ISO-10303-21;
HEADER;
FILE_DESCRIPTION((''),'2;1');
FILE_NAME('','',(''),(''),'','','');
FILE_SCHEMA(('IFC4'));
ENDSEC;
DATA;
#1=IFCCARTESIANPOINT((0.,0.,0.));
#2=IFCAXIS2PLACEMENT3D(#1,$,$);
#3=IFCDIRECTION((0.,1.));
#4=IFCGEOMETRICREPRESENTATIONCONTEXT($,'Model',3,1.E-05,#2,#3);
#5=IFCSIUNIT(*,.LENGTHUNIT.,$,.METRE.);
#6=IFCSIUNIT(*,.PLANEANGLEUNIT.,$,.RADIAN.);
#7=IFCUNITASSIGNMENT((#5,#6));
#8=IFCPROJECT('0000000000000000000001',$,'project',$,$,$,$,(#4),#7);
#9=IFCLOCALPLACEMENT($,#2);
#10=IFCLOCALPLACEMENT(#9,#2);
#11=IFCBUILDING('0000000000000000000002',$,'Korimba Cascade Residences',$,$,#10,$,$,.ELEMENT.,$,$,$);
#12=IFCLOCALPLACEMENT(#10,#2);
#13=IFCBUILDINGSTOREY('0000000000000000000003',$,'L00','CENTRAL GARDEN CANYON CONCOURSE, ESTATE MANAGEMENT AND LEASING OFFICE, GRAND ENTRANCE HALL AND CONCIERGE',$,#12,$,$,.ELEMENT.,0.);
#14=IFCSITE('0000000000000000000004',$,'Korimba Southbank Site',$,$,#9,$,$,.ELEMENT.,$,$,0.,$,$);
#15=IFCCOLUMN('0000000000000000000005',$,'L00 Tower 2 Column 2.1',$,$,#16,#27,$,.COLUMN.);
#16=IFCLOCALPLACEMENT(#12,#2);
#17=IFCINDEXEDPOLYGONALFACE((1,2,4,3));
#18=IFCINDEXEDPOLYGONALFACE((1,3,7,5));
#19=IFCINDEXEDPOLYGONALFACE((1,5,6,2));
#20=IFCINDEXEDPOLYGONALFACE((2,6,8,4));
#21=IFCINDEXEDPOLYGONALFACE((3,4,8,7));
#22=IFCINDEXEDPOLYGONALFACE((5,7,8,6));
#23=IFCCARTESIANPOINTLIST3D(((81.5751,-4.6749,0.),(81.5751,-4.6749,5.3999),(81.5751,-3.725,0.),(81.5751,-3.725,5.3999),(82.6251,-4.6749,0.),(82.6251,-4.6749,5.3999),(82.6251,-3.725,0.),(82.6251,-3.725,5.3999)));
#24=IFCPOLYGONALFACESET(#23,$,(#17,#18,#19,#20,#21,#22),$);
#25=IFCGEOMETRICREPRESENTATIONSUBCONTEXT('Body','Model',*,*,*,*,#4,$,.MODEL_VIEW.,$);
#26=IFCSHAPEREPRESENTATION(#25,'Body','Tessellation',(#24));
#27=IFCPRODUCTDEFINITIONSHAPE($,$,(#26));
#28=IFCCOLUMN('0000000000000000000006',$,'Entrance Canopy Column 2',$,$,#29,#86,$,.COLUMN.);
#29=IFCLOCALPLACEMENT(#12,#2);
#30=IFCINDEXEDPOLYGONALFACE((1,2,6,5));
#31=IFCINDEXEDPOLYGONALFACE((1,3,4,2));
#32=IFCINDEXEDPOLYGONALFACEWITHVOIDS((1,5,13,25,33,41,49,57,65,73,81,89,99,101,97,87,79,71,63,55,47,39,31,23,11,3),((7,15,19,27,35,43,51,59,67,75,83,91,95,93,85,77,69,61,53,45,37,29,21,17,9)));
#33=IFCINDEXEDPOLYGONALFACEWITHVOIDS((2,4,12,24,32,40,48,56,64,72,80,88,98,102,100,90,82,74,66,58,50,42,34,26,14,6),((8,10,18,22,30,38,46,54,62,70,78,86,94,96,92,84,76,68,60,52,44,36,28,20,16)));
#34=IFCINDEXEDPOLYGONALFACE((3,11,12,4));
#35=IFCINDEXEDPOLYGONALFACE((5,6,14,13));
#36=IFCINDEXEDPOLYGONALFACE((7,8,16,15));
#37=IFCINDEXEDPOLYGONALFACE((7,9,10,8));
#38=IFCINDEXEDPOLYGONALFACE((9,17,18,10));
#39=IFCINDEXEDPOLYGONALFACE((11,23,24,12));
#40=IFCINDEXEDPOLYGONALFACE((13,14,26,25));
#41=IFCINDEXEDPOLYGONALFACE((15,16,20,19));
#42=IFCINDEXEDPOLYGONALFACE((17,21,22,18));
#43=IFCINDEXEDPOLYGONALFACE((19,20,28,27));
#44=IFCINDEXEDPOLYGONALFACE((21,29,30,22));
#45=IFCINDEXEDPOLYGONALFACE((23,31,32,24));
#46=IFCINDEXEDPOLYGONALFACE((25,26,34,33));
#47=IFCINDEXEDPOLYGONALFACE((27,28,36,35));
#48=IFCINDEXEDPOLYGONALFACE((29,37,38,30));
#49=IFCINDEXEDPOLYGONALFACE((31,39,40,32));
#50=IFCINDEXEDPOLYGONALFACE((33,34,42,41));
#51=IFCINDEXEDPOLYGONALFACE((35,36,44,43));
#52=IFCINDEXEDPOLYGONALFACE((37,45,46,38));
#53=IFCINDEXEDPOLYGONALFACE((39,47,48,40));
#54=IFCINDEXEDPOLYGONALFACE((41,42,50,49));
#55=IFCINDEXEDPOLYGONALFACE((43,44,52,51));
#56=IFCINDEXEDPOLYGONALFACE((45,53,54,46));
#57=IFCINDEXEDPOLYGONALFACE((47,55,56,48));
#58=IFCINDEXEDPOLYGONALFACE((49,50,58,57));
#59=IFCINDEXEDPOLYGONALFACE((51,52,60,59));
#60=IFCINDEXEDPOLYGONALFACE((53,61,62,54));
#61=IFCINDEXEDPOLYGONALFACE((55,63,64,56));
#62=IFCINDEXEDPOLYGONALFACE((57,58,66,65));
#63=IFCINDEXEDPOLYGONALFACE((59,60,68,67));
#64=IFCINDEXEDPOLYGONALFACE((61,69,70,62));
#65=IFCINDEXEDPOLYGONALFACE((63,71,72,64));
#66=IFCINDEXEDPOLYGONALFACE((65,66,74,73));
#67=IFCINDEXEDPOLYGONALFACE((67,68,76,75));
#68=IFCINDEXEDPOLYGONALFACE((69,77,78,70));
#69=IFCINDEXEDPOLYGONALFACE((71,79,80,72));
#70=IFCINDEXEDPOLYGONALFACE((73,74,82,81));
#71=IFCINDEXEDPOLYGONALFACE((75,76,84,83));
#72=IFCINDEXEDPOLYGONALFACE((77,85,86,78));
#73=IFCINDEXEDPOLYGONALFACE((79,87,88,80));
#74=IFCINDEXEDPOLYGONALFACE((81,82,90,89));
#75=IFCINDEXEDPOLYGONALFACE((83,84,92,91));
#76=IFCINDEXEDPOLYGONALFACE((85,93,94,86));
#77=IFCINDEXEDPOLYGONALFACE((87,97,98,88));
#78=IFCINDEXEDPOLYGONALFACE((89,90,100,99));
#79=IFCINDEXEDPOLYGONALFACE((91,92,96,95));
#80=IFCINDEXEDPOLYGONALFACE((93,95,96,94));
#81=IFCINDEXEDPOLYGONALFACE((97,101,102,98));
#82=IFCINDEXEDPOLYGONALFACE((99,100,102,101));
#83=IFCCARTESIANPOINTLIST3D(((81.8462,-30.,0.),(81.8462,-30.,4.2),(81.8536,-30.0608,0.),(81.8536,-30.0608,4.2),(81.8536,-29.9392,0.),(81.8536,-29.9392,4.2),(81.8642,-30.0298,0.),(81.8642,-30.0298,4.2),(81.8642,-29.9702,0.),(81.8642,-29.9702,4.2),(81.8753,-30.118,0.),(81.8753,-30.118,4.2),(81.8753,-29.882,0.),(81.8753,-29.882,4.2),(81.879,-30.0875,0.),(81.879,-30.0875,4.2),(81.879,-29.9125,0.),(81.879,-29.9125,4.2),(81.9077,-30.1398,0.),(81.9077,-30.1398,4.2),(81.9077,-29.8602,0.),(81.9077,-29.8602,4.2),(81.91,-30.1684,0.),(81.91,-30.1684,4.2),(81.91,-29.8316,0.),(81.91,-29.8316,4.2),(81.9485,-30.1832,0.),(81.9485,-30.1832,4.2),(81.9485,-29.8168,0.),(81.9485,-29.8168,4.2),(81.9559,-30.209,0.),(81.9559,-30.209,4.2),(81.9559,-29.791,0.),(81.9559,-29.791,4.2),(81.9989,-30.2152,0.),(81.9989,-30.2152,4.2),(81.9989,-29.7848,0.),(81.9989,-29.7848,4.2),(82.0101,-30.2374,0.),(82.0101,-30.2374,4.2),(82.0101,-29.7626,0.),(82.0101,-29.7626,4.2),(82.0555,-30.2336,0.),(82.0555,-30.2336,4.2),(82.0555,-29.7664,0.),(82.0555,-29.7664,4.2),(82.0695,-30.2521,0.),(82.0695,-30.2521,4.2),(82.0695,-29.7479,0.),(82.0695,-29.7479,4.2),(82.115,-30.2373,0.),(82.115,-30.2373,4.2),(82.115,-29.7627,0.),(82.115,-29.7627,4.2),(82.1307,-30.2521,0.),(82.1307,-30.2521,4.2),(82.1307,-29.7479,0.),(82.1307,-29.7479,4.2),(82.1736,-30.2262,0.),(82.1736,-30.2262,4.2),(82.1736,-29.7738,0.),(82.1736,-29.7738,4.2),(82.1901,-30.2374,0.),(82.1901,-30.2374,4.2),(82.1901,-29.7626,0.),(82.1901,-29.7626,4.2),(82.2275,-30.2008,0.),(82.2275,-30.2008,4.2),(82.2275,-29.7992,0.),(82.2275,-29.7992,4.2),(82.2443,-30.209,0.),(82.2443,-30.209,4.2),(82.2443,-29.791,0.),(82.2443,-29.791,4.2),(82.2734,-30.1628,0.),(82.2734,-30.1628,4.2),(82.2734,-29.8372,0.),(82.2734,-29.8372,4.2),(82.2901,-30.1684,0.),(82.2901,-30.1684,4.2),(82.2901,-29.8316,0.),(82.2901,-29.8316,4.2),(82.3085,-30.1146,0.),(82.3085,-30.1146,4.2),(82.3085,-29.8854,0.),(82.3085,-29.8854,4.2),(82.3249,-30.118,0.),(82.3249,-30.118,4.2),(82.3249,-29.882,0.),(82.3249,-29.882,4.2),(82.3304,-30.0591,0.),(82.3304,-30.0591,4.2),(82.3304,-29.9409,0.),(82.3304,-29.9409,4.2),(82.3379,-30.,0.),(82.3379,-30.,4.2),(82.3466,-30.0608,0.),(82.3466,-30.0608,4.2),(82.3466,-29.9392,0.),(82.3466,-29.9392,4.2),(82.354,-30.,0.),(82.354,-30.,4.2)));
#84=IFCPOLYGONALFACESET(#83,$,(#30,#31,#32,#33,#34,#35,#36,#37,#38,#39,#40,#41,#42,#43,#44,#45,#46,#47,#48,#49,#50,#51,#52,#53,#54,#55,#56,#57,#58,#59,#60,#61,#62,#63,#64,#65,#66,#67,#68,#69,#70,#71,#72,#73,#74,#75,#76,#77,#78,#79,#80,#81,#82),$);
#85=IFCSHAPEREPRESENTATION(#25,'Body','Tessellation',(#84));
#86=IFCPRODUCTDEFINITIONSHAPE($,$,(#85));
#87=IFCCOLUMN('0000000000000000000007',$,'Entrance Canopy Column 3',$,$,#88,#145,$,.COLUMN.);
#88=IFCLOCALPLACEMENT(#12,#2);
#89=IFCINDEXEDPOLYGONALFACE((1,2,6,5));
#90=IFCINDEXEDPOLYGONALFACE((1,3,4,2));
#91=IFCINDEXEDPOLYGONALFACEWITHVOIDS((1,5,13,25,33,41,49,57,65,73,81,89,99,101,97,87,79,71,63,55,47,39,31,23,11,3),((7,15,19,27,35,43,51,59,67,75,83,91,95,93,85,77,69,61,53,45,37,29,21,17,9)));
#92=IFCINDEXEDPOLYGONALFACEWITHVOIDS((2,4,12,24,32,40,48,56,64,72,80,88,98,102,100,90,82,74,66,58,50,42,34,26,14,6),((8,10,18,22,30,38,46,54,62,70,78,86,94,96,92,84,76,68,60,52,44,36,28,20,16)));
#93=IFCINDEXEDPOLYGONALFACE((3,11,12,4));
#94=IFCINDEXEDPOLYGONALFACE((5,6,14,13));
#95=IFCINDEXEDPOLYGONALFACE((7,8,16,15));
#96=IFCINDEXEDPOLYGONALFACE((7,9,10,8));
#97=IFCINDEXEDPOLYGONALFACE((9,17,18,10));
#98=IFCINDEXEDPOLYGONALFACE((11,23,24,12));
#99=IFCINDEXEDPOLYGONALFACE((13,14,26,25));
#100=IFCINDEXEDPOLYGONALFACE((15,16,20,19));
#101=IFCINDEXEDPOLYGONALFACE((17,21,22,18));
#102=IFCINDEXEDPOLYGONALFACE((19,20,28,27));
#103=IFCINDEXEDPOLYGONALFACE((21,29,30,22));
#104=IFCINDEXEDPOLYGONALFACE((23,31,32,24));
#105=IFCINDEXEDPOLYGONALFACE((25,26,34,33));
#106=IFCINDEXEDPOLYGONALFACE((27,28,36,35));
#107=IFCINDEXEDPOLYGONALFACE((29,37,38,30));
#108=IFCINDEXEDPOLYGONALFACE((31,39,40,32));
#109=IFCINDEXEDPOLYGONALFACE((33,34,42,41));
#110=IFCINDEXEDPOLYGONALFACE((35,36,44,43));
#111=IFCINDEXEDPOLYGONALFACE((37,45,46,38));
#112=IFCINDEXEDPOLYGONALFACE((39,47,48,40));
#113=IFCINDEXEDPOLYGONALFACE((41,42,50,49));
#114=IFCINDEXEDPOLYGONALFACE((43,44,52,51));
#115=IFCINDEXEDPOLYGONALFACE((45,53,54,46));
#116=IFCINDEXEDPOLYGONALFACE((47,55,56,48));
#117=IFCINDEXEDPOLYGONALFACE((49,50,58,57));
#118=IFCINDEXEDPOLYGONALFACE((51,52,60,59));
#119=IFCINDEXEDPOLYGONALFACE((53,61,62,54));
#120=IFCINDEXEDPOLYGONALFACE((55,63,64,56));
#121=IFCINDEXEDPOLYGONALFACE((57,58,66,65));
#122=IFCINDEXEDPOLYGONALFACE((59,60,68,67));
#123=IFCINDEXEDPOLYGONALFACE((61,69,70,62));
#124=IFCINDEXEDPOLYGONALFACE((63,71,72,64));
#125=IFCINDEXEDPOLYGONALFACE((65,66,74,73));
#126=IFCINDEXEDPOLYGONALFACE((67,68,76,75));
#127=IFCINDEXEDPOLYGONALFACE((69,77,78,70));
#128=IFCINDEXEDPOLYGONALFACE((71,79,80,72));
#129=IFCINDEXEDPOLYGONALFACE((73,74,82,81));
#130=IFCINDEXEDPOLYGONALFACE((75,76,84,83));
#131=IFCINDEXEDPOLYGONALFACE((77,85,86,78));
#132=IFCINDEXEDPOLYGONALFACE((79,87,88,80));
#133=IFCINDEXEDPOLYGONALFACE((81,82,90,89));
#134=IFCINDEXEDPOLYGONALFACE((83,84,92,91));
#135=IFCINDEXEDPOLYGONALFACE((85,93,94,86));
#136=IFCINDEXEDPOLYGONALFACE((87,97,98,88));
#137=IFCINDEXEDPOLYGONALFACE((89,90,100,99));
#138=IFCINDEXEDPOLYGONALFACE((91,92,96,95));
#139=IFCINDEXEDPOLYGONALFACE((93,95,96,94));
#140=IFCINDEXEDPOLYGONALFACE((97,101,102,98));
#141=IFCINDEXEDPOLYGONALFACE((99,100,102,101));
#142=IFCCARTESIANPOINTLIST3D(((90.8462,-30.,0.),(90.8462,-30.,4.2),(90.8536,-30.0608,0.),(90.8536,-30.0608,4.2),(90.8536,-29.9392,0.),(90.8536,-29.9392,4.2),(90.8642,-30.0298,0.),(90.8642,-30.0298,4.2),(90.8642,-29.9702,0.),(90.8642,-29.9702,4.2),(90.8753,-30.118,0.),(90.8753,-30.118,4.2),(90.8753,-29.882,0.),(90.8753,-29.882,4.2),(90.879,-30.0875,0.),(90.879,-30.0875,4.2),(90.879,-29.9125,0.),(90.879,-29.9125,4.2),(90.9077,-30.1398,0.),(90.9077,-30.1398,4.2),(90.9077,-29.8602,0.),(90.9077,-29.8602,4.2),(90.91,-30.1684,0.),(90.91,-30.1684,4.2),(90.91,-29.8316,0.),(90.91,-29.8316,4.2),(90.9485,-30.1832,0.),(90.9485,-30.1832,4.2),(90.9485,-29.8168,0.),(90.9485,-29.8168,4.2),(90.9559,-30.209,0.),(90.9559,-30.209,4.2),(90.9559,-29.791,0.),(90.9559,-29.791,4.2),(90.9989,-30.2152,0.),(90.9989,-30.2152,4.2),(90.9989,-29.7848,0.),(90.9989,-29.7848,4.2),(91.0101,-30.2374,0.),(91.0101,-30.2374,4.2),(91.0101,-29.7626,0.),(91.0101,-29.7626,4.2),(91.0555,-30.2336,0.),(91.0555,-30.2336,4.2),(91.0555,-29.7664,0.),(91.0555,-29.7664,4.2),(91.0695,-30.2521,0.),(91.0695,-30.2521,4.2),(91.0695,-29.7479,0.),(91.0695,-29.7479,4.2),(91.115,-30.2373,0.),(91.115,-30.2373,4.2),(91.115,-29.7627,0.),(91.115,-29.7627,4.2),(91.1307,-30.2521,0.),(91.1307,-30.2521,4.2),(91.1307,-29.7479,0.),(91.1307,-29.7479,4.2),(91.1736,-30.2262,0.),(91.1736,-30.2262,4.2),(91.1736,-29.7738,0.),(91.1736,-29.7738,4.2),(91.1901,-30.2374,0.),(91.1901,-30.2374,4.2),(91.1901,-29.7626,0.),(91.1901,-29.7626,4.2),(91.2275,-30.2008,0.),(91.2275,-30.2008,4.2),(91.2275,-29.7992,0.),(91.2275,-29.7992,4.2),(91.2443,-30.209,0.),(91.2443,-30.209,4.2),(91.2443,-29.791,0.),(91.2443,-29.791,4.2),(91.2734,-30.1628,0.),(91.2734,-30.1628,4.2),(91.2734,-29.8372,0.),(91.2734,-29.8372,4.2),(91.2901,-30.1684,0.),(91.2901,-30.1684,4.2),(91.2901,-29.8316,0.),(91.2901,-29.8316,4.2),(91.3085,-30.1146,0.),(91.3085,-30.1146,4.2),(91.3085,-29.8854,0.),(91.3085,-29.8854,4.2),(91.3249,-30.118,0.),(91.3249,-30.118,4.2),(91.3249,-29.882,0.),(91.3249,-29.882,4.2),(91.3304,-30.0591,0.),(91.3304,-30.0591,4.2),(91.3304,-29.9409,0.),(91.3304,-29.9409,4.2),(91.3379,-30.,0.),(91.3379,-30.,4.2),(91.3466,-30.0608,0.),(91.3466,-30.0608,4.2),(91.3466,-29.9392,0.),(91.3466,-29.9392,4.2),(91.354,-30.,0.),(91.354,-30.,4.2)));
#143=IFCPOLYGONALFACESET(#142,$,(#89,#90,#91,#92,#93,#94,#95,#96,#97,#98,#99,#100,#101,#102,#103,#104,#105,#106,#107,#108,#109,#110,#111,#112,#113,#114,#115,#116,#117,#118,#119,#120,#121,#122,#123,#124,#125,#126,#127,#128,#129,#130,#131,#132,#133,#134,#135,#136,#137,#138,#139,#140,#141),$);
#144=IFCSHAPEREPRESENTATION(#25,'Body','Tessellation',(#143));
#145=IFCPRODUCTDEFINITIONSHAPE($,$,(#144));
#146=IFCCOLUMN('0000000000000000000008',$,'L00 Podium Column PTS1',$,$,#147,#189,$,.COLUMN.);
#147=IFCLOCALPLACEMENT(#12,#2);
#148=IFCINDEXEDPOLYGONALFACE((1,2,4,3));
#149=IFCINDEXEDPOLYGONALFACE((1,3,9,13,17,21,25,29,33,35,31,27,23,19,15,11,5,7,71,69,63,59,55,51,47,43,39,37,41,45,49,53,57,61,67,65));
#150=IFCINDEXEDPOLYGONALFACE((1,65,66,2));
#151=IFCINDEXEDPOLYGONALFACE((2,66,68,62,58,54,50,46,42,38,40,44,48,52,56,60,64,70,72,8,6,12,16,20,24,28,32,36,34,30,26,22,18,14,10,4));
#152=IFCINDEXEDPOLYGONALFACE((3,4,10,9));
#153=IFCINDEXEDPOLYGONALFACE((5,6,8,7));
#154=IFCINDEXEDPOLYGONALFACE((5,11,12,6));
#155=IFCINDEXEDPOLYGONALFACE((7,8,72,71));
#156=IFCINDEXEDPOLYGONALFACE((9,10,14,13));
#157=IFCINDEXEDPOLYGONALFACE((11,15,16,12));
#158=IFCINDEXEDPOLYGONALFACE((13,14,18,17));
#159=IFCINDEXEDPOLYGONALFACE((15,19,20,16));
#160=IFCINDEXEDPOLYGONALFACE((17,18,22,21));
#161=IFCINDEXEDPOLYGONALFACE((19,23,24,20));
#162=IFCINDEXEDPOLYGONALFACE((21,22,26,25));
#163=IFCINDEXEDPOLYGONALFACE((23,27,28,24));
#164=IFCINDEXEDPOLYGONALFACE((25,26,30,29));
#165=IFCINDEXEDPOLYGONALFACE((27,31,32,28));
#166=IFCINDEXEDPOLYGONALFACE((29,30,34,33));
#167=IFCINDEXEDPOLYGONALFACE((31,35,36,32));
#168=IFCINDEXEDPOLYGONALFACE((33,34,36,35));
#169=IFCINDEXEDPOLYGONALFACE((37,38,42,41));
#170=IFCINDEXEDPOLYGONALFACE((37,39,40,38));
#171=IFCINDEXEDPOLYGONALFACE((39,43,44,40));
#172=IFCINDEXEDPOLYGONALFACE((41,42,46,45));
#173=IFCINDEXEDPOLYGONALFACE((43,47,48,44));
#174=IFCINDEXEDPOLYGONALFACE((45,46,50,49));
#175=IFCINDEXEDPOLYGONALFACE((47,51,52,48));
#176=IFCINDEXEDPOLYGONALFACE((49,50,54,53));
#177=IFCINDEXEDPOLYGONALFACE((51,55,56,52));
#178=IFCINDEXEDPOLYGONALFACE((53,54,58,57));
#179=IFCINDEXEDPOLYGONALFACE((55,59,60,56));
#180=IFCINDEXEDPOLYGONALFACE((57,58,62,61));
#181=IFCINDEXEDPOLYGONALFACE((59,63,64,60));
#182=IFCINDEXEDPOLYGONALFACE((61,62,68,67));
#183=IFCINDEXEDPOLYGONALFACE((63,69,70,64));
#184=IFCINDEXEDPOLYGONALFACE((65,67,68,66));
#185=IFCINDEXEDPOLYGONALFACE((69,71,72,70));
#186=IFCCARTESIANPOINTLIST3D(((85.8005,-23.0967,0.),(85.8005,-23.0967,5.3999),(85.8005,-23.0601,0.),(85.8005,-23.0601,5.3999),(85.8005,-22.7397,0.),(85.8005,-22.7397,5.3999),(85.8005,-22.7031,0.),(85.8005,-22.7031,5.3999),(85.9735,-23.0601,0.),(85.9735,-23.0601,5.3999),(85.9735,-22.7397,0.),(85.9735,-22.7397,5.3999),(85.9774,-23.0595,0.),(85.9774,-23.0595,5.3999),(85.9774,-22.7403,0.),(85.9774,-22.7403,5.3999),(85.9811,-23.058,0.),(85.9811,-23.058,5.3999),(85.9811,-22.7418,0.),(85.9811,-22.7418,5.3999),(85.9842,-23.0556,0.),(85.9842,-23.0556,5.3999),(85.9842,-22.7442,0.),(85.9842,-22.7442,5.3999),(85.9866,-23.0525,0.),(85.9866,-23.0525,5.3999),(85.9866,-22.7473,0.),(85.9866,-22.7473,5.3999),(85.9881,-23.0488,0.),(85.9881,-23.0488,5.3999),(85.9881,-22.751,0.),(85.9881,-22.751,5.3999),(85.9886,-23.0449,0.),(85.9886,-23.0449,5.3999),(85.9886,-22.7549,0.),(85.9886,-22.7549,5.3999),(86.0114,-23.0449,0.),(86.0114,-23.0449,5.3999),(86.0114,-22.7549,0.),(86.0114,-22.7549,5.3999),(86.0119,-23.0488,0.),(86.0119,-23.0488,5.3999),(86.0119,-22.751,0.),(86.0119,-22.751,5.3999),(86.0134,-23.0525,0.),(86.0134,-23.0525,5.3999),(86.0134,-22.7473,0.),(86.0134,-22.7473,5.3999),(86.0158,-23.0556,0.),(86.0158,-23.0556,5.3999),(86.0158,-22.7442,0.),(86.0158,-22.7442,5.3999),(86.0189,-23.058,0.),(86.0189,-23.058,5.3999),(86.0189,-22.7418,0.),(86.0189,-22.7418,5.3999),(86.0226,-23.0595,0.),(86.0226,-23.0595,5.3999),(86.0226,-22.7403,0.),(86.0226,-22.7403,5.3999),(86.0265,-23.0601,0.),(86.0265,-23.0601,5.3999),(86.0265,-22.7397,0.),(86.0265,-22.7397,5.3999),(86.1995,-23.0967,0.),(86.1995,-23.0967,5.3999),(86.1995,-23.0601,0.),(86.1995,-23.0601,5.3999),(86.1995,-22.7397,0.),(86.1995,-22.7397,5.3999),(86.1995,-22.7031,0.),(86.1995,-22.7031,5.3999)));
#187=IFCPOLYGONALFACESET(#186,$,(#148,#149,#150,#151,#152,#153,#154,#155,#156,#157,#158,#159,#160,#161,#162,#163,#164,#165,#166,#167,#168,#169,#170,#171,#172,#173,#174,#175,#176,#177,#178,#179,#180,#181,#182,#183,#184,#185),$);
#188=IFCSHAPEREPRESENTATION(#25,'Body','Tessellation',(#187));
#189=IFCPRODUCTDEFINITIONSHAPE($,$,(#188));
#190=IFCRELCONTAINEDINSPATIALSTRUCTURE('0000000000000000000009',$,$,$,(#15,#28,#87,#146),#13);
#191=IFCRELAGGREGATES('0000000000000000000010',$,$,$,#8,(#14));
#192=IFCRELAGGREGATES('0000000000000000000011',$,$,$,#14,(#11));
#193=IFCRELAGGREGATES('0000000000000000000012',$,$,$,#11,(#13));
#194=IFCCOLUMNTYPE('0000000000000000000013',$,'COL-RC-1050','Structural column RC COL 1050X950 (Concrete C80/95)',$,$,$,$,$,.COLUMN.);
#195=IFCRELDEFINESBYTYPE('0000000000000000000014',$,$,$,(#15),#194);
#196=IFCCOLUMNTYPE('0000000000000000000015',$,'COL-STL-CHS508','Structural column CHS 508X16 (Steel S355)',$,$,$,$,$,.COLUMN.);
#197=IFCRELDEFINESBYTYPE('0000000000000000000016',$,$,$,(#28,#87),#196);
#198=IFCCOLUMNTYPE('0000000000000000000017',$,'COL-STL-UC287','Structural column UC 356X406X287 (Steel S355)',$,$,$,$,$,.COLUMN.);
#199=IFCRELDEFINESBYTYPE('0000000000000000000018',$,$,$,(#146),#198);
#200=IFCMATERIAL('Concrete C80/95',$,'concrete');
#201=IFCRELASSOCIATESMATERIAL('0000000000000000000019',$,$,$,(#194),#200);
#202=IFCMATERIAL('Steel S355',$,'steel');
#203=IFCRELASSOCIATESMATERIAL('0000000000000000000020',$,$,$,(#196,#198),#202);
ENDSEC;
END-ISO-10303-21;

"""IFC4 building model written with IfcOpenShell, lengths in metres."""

from ifc_helpers import new_model, si_unit, direction, frame, origin, origin_2d, place, context, subcontext, project, spatial, rectangle, hollow_circle, i_section, extrude, material, material_profile, profile_set, type_object, element, save


model = new_model("IFC4")

# Units and contexts
model_context = context("Model", 3, precision=1e-05, world=origin(), true_north=direction((0.0, 1.0)))
body_context = subcontext(model_context, "Body", "Model", "MODEL_VIEW")
ifc_project = project(units=[si_unit("LENGTHUNIT", "METRE"), si_unit("PLANEANGLEUNIT", "RADIAN")], contexts=[model_context])

# Site, building, storey
site_placement = place(None, origin())
site = spatial("IfcSite", under=ifc_project, at=site_placement, Name="Korimba Southbank Site", CompositionType="ELEMENT", RefElevation=0.0)
building_placement = place(site_placement, origin())
building = spatial("IfcBuilding", under=site, at=building_placement, Name="Korimba Cascade Residences", CompositionType="ELEMENT")
storey_placement = place(building_placement, origin())
storey = spatial("IfcBuildingStorey", under=building, at=storey_placement, Name="L00", Description="CENTRAL GARDEN CANYON CONCOURSE, ESTATE MANAGEMENT AND LEASING OFFICE, GRAND ENTRANCE HALL AND CONCIERGE", CompositionType="ELEMENT", Elevation=0.0)

# Columns
ifc_material_1 = material(Name="Concrete C80/95", Category="concrete")
ifc_material_profile_1 = material_profile(ifc_material_1, rectangle(XDim=1.05, YDim=0.95, at=origin_2d()), Name="Concrete C80/95")
ifc_profile_set_1 = profile_set([ifc_material_profile_1], Name="Concrete C80/95")
column_type_1 = type_object("IfcColumnType", Name="COL-RC-1050", Description="Structural column RC COL 1050X950 (Concrete C80/95)", PredefinedType="COLUMN", material=ifc_profile_set_1)
column_1_placement = place(storey_placement, frame((82.1001, -4.2, 0.0), z_axis=(0.0, 0.0, 1.0), x_axis=(1.0, 0.0, 0.0)))
element("IfcColumn", 1, at=column_1_placement, inside=storey, type_object=column_type_1, Name="L00 Tower 2 Column 2.1", PredefinedType="COLUMN", context=body_context, shape_type="SweptSolid", body=[
    extrude(rectangle(XDim=1.05, YDim=0.95, at=origin_2d()), origin(), (0.0, 0.0, 1.0), 5.3999),
])
ifc_material_2 = material(Name="Steel S355", Category="steel")
ifc_material_profile_2 = material_profile(ifc_material_2, hollow_circle(Radius=0.2539, WallThickness=0.0161, at=origin_2d()), Name="Steel S355")
ifc_profile_set_2 = profile_set([ifc_material_profile_2], Name="Steel S355")
column_type_2 = type_object("IfcColumnType", Name="COL-STL-CHS508", Description="Structural column CHS 508X16 (Steel S355)", PredefinedType="COLUMN", material=ifc_profile_set_2)
for number, where, z_axis, x_axis, name in (
    (2, (82.1001, -30.0, 0.0), (0.0, 0.0, 1.0), (1.0, 0.0, 0.0), "Entrance Canopy Column 2"),
    (3, (91.1001, -30.0, 0.0), (0.0, 0.0, 1.0), (1.0, 0.0, 0.0), "Entrance Canopy Column 3"),
):
    element("IfcColumn", number, at=place(storey_placement, frame(where, z_axis=z_axis, x_axis=x_axis)), inside=storey, type_object=column_type_2, Name=name, PredefinedType="COLUMN", context=body_context, shape_type="SweptSolid", body=[
        extrude(hollow_circle(Radius=0.2539, WallThickness=0.0161, at=origin_2d()), origin(), (0.0, 0.0, 1.0), 4.2),
    ])
ifc_material_profile_3 = material_profile(ifc_material_2, i_section(OverallWidth=0.3989, OverallDepth=0.3936, WebThickness=0.0227, FlangeThickness=0.0366, FilletRadius=0.0151, at=origin_2d()), Name="Steel S355")
ifc_profile_set_3 = profile_set([ifc_material_profile_3], Name="Steel S355")
column_type_3 = type_object("IfcColumnType", Name="COL-STL-UC287", Description="Structural column UC 356X406X287 (Steel S355)", PredefinedType="COLUMN", material=ifc_profile_set_3)
column_2_placement = place(storey_placement, frame((86.0, -22.8999, 0.0), z_axis=(0.0, 0.0, 1.0), x_axis=(1.0, 0.0, 0.0)))
element("IfcColumn", 4, at=column_2_placement, inside=storey, type_object=column_type_3, Name="L00 Podium Column PTS1", PredefinedType="COLUMN", context=body_context, shape_type="SweptSolid", body=[
    extrude(i_section(OverallWidth=0.3989, OverallDepth=0.3936, WebThickness=0.0227, FlangeThickness=0.0366, FilletRadius=0.0151, at=origin_2d()), origin(), (0.0, 0.0, 1.0), 5.3999),
])

save(model, "model.ifc")
